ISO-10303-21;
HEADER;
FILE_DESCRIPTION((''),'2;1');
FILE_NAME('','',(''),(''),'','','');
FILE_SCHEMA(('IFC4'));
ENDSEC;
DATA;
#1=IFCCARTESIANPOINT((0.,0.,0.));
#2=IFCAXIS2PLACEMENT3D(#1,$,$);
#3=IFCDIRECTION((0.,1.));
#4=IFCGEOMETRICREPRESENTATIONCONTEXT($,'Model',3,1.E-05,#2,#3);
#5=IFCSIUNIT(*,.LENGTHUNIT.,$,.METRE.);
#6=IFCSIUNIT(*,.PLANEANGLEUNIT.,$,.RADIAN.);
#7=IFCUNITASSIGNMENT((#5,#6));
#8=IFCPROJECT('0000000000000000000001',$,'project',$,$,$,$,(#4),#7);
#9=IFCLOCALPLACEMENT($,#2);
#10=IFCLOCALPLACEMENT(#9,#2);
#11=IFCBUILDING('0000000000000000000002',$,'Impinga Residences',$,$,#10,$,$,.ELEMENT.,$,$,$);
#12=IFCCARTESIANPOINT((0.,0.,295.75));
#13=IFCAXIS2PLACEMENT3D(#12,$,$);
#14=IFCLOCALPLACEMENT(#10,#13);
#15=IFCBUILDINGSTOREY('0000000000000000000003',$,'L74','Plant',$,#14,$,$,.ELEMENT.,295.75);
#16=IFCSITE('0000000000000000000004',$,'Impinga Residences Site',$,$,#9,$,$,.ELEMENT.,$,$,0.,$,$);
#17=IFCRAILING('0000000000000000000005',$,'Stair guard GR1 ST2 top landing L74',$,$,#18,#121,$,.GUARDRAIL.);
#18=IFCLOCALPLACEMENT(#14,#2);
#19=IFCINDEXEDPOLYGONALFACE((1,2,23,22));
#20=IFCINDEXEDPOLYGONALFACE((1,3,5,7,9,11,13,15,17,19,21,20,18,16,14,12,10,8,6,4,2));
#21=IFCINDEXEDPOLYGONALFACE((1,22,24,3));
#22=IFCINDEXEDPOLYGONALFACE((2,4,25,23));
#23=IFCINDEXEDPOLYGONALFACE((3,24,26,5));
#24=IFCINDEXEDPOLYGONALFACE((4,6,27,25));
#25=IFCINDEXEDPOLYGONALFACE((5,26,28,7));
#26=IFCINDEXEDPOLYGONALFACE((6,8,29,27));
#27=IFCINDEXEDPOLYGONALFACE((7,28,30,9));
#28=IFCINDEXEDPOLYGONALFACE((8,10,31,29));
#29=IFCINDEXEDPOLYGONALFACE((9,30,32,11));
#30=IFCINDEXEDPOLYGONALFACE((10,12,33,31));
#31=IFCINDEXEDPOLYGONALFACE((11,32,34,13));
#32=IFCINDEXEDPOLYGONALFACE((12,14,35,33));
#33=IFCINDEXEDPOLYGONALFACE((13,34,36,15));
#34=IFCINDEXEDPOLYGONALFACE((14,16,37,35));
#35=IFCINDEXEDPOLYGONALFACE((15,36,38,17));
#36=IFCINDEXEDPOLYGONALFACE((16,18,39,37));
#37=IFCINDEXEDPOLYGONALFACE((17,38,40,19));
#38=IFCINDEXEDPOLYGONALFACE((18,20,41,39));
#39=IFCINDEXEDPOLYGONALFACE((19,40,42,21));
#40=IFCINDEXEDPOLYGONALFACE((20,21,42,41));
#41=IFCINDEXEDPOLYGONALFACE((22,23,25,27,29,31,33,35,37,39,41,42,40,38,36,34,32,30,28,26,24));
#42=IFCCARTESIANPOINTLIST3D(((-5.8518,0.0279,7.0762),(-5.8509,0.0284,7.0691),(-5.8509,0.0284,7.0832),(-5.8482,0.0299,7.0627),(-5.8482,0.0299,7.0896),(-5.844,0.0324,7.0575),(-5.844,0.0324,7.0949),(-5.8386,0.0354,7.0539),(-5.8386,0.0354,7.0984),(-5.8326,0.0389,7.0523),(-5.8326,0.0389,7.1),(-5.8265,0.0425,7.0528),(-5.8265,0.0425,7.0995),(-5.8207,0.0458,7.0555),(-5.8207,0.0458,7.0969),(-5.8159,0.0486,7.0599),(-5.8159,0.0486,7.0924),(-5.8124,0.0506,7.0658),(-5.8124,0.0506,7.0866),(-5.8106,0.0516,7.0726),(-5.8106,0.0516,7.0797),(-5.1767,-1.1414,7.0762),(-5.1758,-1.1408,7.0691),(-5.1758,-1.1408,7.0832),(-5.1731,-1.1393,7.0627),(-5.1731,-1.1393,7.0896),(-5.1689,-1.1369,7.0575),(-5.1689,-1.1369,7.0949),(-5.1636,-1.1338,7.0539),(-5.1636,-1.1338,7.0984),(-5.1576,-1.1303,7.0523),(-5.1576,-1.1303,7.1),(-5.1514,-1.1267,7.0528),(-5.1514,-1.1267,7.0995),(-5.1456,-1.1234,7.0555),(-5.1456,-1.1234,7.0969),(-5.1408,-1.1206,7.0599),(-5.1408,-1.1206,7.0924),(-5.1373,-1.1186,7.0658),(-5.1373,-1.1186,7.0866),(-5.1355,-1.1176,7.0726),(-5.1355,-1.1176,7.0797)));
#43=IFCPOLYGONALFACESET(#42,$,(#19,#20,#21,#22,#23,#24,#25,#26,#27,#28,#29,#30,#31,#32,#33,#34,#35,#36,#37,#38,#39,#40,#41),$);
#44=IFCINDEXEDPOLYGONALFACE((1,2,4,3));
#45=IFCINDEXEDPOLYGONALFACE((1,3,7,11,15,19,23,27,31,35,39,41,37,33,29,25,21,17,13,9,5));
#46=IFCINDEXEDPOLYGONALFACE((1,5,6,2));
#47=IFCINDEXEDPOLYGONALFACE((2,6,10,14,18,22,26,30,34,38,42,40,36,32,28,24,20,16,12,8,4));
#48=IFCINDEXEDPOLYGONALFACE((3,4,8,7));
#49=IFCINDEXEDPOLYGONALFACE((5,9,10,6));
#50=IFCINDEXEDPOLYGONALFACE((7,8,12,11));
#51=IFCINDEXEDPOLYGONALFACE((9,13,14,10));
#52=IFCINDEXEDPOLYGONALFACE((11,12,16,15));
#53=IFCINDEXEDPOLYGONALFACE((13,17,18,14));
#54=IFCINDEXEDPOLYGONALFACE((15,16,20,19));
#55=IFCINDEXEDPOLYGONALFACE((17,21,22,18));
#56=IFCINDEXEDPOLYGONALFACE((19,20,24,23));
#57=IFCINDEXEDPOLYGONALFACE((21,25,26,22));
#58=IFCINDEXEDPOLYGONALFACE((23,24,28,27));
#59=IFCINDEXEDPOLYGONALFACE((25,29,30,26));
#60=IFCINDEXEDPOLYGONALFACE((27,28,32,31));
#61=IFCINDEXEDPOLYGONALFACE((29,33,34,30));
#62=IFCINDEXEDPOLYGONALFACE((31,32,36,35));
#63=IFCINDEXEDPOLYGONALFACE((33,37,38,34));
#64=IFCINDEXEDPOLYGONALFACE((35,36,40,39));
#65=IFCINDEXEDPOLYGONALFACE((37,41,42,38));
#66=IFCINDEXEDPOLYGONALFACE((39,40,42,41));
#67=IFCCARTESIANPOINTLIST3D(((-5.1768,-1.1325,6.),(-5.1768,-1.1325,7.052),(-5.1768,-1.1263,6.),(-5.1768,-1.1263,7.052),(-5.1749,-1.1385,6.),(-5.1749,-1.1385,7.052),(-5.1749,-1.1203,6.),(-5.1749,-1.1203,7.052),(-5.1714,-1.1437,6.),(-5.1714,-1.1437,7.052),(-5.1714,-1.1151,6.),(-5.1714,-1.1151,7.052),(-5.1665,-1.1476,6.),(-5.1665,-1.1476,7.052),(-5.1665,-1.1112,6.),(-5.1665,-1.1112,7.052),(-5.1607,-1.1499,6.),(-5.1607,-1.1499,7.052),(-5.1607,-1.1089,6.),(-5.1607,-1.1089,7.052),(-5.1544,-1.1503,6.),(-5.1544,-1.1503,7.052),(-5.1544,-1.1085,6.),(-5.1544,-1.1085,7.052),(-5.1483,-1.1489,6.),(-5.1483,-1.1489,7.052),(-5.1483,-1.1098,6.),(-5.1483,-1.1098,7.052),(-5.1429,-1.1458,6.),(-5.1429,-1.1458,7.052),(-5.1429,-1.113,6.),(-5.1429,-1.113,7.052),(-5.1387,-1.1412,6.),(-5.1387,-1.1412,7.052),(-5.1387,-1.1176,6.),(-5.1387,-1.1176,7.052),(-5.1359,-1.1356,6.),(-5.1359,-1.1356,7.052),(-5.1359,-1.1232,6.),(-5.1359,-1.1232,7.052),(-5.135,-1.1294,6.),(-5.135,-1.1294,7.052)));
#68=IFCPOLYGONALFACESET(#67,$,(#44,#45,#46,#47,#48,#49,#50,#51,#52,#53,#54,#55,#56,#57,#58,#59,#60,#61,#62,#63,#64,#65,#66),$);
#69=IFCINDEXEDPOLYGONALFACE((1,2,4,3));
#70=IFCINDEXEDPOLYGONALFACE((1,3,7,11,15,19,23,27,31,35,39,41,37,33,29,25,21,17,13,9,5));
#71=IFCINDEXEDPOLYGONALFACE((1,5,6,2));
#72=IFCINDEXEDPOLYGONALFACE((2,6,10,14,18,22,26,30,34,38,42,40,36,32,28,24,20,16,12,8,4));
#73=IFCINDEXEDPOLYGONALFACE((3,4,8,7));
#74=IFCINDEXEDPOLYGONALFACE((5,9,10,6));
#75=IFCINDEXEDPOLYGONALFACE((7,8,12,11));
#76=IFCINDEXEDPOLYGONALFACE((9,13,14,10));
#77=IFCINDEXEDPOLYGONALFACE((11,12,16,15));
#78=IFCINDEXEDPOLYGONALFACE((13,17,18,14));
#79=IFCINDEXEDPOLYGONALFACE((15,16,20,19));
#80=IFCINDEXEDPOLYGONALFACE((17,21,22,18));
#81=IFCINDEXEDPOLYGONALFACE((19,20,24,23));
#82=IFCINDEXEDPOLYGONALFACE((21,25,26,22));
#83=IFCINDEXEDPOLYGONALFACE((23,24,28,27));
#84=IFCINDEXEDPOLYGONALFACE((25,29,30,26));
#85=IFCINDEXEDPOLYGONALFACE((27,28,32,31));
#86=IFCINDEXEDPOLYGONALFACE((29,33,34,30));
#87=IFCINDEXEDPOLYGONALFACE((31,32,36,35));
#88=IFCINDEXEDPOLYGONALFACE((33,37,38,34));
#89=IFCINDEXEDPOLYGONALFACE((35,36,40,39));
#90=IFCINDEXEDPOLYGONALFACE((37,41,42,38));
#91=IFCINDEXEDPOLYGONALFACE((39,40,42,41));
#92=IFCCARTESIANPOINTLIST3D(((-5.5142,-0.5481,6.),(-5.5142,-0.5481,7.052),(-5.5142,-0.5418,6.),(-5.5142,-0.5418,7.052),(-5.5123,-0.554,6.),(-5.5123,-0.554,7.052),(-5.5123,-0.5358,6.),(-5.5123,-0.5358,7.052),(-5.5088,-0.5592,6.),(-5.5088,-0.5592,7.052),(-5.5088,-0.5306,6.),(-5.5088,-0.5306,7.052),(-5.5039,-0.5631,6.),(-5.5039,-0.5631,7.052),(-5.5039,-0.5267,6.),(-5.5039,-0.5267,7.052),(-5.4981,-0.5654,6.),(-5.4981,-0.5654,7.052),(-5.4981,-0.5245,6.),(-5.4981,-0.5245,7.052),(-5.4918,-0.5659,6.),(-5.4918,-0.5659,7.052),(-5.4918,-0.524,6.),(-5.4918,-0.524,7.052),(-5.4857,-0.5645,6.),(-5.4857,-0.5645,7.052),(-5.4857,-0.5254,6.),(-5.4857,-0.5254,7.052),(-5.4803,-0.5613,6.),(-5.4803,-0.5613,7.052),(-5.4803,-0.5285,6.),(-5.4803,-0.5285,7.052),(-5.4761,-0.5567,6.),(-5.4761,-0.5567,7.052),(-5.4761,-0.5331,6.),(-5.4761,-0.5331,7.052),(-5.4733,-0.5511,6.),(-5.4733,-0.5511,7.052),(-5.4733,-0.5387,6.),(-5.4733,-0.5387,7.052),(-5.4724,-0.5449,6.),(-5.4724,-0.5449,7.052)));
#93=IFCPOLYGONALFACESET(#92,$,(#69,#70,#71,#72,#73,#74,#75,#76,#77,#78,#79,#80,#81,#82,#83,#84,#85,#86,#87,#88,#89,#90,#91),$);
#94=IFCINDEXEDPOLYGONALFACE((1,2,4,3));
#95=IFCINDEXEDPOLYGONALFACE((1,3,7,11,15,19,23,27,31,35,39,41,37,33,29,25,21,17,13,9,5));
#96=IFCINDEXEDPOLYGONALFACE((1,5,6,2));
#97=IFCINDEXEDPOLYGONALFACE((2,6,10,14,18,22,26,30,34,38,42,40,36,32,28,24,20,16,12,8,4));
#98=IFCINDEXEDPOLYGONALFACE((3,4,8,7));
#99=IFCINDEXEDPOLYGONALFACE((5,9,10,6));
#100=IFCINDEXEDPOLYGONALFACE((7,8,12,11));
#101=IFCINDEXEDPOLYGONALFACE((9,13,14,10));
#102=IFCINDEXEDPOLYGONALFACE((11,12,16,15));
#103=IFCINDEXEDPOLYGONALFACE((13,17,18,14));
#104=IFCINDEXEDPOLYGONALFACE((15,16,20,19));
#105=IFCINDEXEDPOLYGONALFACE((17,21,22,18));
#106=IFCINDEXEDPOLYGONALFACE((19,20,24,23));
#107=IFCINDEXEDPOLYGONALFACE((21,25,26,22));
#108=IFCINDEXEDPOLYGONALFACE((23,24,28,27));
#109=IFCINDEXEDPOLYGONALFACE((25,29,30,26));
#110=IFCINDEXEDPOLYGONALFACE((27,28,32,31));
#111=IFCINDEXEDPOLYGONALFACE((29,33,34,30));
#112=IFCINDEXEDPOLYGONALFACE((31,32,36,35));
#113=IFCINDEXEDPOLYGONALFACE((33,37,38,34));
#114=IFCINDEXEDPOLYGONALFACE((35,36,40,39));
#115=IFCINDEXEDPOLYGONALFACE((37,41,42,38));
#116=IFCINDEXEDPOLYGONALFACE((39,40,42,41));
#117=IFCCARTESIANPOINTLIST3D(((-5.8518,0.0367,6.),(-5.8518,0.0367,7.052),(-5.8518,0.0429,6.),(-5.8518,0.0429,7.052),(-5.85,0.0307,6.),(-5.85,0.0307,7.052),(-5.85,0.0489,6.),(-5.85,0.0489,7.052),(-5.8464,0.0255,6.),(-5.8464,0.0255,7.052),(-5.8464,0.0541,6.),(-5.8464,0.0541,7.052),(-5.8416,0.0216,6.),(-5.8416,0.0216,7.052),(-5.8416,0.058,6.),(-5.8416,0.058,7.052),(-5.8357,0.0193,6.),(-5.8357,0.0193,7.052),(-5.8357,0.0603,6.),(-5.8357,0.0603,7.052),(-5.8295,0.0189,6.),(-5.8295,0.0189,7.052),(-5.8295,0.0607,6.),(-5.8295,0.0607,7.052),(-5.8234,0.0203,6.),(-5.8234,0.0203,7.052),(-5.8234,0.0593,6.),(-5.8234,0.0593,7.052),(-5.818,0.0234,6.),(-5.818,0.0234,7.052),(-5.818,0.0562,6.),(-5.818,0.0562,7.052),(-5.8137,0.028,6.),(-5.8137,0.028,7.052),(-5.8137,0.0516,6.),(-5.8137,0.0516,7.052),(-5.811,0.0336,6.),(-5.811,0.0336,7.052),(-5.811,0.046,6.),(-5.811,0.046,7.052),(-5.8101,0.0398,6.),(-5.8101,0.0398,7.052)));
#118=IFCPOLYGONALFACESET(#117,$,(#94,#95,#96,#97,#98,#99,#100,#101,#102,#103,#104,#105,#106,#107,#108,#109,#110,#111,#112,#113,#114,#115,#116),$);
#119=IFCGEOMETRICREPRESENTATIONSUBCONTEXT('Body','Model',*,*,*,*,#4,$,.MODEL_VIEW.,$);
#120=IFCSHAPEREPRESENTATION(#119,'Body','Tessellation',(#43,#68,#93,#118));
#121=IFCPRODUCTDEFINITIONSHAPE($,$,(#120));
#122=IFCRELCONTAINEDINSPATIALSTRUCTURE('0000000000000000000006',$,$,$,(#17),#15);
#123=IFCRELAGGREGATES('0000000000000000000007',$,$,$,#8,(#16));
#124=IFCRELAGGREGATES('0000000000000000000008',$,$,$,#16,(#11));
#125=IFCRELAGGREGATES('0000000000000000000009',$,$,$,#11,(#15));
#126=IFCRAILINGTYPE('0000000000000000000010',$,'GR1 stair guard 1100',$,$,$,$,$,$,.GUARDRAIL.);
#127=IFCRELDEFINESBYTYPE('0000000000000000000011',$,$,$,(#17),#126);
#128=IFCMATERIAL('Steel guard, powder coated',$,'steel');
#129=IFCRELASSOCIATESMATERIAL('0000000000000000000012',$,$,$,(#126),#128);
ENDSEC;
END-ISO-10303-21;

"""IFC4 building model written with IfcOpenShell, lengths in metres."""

from ifc_helpers import new_model, si_unit, direction, frame, origin, origin_2d, place, context, subcontext, project, spatial, circle, extrude, material, type_object, element, save


model = new_model("IFC4")

# Units and contexts
model_context = context("Model", 3, precision=1e-05, world=origin(), true_north=direction((0.0, 1.0)))
body_context = subcontext(model_context, "Body", "Model", "MODEL_VIEW")
ifc_project = project(units=[si_unit("LENGTHUNIT", "METRE"), si_unit("PLANEANGLEUNIT", "RADIAN")], contexts=[model_context])

# Site, building, storey
site_placement = place(None, origin())
site = spatial("IfcSite", under=ifc_project, at=site_placement, Name="Impinga Residences Site", CompositionType="ELEMENT", RefElevation=0.0)
building_placement = place(site_placement, origin())
building = spatial("IfcBuilding", under=site, at=building_placement, Name="Impinga Residences", CompositionType="ELEMENT")
storey_placement = place(building_placement, frame((0.0, 0.0, 295.75)))
storey = spatial("IfcBuildingStorey", under=building, at=storey_placement, Name="L74", Description="Plant", CompositionType="ELEMENT", Elevation=295.75)

# Railing
ifc_material_1 = material(Name="Steel guard, powder coated", Category="steel")
railing_type_1 = type_object("IfcRailingType", Name="GR1 stair guard 1100", PredefinedType="GUARDRAIL", material=ifc_material_1)
railing_placement = place(storey_placement, frame((-5.156, -1.1294, 6.0)))
element("IfcRailing", 1, at=railing_placement, inside=storey, type_object=railing_type_1, Name="Stair guard GR1 ST2 top landing L74", PredefinedType="GUARDRAIL", context=body_context, shape_type="SweptSolid", body=[
    extrude(circle(Radius=0.0239, at=origin_2d()), frame((0.0, 0.0, 1.0762), z_axis=(-0.500009, 0.86602, 0.0), x_axis=(-0.86602, -0.500009, 0.0)), (0.0, 0.0, 1.0), 1.3501),
    extrude(circle(Radius=0.021, at=origin_2d()), origin(), (0.0, 0.0, 1.0), 1.052),
    extrude(circle(Radius=0.021, at=origin_2d()), frame((-0.3374, 0.5845, 0.0)), (0.0, 0.0, 1.0), 1.052),
    extrude(circle(Radius=0.021, at=origin_2d()), frame((-0.675, 1.1692, 0.0)), (0.0, 0.0, 1.0), 1.052),
])

save(model, "model.ifc")
